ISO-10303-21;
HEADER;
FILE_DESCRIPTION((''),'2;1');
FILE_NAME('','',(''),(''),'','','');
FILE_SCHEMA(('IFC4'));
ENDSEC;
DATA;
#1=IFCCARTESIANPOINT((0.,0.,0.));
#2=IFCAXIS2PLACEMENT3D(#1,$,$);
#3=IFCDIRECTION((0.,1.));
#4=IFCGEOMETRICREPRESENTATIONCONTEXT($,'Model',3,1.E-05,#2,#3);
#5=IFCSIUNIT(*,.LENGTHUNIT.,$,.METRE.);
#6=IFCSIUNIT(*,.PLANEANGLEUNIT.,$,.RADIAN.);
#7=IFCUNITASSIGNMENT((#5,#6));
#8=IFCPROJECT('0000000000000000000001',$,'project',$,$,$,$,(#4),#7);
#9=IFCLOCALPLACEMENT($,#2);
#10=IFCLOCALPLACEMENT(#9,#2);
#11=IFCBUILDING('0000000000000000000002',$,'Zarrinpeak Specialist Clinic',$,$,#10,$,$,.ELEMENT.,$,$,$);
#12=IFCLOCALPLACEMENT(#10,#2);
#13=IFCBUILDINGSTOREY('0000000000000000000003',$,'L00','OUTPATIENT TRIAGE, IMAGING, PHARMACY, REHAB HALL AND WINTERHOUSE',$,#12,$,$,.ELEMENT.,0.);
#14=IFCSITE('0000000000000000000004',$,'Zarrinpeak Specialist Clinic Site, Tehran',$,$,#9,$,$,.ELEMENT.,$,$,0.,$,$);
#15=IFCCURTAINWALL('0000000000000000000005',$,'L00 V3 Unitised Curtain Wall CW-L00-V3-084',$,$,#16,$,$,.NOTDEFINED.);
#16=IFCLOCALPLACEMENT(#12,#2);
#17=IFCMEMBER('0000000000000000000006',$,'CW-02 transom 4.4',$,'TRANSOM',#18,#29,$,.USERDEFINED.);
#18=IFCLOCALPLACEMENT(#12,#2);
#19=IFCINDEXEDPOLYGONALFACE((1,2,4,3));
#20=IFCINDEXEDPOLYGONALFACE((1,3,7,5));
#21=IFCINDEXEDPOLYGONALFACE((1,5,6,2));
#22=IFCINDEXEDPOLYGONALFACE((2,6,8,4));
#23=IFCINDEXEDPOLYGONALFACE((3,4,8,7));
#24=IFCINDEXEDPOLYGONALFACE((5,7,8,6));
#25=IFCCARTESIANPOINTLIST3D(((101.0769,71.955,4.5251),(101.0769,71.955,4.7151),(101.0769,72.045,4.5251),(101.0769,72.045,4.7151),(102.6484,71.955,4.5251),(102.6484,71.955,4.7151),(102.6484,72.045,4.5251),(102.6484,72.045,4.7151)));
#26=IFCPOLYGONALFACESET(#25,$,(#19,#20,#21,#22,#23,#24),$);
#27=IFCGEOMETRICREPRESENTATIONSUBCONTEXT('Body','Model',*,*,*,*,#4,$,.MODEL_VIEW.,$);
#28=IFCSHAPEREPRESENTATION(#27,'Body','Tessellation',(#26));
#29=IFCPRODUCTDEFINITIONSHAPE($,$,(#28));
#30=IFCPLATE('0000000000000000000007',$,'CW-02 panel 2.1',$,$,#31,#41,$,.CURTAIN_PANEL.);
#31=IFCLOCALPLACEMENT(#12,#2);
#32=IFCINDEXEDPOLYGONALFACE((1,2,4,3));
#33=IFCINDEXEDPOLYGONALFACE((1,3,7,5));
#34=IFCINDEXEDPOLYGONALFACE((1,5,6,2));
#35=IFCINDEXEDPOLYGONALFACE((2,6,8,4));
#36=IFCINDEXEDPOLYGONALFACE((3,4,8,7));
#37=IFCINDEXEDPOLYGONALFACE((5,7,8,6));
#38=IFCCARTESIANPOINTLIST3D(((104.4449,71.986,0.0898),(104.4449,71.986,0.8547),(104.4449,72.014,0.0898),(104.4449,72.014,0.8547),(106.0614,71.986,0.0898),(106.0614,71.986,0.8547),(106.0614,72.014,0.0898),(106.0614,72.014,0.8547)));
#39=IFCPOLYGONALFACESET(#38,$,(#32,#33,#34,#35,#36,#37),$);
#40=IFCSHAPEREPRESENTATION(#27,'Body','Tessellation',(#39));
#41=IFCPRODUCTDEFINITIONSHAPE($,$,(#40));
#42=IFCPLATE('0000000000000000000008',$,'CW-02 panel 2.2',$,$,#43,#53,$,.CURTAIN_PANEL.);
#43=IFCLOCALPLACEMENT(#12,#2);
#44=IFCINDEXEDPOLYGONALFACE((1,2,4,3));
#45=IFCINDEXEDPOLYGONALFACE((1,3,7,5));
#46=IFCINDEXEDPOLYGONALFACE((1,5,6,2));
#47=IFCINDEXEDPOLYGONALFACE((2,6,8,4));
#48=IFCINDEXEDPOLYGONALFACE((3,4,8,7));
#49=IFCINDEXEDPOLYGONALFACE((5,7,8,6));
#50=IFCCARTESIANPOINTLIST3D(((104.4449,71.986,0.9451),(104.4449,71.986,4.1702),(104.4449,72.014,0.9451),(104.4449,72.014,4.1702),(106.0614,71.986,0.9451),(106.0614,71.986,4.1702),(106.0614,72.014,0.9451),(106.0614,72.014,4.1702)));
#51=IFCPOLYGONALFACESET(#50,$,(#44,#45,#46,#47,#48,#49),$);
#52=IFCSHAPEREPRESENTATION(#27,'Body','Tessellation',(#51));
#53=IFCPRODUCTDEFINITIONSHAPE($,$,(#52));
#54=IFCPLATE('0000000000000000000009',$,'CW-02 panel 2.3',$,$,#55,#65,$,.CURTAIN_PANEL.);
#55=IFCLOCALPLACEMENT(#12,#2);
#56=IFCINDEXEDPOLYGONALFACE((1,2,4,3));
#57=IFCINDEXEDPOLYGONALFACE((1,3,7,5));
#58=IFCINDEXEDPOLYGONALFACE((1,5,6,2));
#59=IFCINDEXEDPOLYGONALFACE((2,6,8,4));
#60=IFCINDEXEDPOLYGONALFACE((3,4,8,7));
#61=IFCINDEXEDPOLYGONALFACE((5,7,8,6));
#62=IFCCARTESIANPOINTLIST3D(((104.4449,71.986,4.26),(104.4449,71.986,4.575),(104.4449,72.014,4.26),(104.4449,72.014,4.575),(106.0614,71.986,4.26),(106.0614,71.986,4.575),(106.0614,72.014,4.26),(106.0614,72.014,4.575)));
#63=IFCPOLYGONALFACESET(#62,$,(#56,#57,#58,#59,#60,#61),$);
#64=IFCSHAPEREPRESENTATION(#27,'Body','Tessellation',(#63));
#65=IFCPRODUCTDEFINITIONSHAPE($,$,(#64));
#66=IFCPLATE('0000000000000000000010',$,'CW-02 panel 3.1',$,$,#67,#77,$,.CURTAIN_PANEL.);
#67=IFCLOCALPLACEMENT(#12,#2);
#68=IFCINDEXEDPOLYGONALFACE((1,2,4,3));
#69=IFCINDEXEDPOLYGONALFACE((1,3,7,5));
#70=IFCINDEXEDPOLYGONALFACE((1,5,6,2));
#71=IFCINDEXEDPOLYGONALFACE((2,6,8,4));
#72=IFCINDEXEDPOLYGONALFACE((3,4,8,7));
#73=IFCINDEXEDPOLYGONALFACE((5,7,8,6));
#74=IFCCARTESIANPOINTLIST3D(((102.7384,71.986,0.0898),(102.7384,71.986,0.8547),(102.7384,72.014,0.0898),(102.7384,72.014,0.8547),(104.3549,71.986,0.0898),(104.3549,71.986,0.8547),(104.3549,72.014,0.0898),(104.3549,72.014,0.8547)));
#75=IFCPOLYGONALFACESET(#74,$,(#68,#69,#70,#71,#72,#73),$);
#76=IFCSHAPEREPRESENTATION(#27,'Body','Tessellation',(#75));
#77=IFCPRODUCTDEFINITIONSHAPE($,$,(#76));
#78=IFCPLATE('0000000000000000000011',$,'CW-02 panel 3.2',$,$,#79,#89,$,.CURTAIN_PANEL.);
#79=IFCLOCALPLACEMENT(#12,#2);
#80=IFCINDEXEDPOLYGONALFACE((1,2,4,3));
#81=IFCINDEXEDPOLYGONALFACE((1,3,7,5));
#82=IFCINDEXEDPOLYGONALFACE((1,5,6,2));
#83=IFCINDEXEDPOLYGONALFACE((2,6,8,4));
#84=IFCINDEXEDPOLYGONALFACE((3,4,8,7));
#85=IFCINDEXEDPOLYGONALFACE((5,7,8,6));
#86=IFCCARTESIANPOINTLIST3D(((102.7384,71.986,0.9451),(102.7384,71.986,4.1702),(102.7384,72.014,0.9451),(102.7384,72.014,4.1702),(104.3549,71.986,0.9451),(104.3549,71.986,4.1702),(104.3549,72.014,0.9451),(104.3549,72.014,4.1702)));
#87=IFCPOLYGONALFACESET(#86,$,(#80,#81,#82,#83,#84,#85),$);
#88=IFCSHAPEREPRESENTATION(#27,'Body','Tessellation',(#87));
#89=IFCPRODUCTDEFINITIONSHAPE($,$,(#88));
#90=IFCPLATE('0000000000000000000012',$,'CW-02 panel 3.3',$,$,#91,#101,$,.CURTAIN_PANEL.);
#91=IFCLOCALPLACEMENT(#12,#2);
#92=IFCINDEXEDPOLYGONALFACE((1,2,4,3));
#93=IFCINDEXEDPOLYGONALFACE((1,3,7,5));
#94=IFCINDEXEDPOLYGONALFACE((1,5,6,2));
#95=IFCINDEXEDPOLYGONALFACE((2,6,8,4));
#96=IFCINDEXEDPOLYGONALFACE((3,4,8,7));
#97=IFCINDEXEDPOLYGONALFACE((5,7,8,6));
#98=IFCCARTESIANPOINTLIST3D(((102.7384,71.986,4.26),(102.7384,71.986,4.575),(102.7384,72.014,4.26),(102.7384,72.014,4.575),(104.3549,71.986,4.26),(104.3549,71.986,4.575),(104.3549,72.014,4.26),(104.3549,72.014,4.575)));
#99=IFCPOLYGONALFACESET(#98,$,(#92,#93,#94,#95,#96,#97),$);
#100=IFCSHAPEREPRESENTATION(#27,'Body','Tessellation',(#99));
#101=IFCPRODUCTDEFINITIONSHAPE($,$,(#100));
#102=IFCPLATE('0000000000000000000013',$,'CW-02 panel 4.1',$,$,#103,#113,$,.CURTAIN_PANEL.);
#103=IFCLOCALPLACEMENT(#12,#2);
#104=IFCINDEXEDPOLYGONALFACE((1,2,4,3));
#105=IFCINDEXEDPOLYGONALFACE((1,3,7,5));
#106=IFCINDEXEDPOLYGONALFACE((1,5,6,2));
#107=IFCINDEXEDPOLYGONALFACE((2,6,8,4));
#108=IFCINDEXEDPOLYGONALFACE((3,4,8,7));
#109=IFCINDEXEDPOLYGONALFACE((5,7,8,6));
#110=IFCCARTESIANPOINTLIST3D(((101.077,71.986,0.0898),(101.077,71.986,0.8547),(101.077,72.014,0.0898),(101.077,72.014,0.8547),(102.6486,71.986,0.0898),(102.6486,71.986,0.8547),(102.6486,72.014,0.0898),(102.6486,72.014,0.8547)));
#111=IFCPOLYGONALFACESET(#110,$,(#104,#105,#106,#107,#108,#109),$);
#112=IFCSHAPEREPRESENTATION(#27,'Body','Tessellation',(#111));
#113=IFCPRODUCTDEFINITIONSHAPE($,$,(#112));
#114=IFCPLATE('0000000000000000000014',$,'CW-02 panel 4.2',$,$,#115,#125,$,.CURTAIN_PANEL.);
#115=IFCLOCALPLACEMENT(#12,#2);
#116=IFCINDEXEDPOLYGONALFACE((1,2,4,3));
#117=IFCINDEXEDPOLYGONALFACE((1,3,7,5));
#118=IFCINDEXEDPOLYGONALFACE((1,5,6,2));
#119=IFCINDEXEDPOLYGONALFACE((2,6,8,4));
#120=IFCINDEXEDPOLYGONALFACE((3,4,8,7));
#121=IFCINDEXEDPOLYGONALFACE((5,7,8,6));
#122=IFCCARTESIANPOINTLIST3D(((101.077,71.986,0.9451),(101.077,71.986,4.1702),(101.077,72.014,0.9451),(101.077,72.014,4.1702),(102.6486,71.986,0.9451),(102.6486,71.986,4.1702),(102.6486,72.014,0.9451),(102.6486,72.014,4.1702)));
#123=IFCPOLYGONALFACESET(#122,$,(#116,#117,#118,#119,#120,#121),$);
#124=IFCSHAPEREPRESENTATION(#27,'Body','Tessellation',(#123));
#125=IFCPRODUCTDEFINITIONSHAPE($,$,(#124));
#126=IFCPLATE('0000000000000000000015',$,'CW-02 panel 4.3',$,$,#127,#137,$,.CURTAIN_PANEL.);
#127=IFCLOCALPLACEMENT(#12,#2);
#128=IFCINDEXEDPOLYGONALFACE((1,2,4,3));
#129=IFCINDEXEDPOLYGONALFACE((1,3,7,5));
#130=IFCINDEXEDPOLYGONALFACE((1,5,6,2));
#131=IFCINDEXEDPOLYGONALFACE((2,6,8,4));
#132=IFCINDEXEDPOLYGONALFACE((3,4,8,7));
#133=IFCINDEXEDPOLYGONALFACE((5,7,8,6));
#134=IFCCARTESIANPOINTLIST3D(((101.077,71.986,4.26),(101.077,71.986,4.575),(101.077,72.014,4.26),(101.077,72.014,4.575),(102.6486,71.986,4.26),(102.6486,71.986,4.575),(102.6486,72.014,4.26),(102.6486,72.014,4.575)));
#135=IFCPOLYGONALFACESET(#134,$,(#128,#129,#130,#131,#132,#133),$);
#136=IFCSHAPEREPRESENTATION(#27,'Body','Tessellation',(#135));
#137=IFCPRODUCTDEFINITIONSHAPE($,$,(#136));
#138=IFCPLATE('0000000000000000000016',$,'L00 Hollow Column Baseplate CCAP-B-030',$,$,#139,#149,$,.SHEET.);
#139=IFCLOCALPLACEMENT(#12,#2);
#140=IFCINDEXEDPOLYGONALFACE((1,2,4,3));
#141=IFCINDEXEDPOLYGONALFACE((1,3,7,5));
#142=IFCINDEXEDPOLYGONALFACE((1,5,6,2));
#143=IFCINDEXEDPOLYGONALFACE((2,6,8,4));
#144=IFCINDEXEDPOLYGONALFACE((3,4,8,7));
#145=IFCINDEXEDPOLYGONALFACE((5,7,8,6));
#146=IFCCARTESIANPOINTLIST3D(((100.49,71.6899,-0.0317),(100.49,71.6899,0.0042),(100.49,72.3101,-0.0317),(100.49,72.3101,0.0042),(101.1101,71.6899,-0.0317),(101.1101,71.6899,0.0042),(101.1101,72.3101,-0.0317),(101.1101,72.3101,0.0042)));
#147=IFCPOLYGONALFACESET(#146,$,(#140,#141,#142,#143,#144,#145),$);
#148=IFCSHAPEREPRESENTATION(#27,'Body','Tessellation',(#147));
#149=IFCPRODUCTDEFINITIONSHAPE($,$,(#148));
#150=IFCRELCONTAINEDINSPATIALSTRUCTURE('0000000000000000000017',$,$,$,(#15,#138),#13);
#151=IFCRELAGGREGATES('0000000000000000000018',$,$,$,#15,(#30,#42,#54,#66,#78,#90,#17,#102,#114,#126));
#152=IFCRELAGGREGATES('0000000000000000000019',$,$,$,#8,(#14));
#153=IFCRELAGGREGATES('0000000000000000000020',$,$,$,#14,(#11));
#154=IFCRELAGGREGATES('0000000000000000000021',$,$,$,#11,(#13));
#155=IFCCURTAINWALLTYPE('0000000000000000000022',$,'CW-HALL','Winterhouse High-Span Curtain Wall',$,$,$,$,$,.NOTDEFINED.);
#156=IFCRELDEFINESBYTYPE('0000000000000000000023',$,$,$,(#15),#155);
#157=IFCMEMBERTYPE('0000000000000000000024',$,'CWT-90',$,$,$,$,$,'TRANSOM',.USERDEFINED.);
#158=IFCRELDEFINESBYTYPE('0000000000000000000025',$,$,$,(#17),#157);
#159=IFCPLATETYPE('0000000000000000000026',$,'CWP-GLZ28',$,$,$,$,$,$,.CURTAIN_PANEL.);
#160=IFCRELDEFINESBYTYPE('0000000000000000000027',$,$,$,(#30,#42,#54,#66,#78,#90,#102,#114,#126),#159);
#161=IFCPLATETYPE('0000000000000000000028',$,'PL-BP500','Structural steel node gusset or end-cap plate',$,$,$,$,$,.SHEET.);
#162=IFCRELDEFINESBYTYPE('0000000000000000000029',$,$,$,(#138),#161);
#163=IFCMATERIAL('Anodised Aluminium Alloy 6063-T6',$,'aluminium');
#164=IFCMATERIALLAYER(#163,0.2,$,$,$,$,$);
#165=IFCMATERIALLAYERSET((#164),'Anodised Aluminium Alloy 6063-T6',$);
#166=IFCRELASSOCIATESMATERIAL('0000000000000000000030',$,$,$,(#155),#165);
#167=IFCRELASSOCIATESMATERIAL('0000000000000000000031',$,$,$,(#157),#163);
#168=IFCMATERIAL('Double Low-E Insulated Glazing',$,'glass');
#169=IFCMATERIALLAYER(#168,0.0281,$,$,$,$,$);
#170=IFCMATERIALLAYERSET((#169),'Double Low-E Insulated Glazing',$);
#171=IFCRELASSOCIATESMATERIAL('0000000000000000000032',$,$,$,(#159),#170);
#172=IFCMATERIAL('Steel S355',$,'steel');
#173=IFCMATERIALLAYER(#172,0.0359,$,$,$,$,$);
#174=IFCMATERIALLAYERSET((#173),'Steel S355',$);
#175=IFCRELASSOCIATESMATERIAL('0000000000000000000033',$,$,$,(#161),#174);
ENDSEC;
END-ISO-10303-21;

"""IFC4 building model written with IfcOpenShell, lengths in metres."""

from ifc_helpers import new_model, si_unit, direction, frame, origin, origin_2d, place, context, subcontext, project, spatial, rectangle, extrude, material, layer, layer_set, material_profile, profile_set, type_object, element, aggregate, save


model = new_model("IFC4")

# Units and contexts
model_context = context("Model", 3, precision=1e-05, world=origin(), true_north=direction((0.0, 1.0)))
body_context = subcontext(model_context, "Body", "Model", "MODEL_VIEW")
ifc_project = project(units=[si_unit("LENGTHUNIT", "METRE"), si_unit("PLANEANGLEUNIT", "RADIAN")], contexts=[model_context])

# Site, building, storey
site_placement = place(None, origin())
site = spatial("IfcSite", under=ifc_project, at=site_placement, Name="Zarrinpeak Specialist Clinic Site, Tehran", CompositionType="ELEMENT", RefElevation=0.0)
building_placement = place(site_placement, origin())
building = spatial("IfcBuilding", under=site, at=building_placement, Name="Zarrinpeak Specialist Clinic", CompositionType="ELEMENT")
storey_placement = place(building_placement, origin())
storey = spatial("IfcBuildingStorey", under=building, at=storey_placement, Name="L00", Description="OUTPATIENT TRIAGE, IMAGING, PHARMACY, REHAB HALL AND WINTERHOUSE", CompositionType="ELEMENT", Elevation=0.0)

# Shared definitions
ifc_material_1 = material(Name="Steel S355", Category="steel")

# Curtain wall, member, plates
ifc_material_2 = material(Name="Anodised Aluminium Alloy 6063-T6", Category="aluminium")
ifc_layer_1 = layer(ifc_material_2, 0.2)
ifc_layer_set_1 = layer_set([ifc_layer_1], Name="Anodised Aluminium Alloy 6063-T6")
curtain_wall_type = type_object("IfcCurtainWallType", Name="CW-HALL", Description="Winterhouse High-Span Curtain Wall", PredefinedType="NOTDEFINED", material=ifc_layer_set_1)
curtain_wall_placement = place(storey_placement, origin())
curtain_wall = element("IfcCurtainWall", 1, at=curtain_wall_placement, inside=storey, type_object=curtain_wall_type, Name="L00 V3 Unitised Curtain Wall CW-L00-V3-084", PredefinedType="NOTDEFINED")
ifc_material_profile_1 = material_profile(ifc_material_2, rectangle(XDim=0.0901, YDim=0.1899, at=origin_2d()), Name="ALU 90x190")
ifc_profile_set_1 = profile_set([ifc_material_profile_1], Name="Anodised Aluminium Alloy 6063-T6")
member_type_1 = type_object("IfcMemberType", Name="CWT-90", ElementType="TRANSOM", PredefinedType="USERDEFINED", material=ifc_profile_set_1)
member_1_placement = place(storey_placement, frame((102.6484, 72.0, 4.6201), z_axis=(-1.0, 0.0, 0.0), x_axis=(0.0, -1.0, 0.0)))
member_1 = element("IfcMember", 2, at=member_1_placement, type_object=member_type_1, Name="CW-02 transom 4.4", ObjectType="TRANSOM", PredefinedType="USERDEFINED", context=body_context, shape_type="SweptSolid", body=[
    extrude(rectangle(XDim=0.0901, YDim=0.1899, at=origin_2d()), origin(), (0.0, 0.0, 1.0), 1.5715),
])
ifc_material_3 = material(Name="Double Low-E Insulated Glazing", Category="glass")
ifc_layer_2 = layer(ifc_material_3, 0.0281)
ifc_layer_set_2 = layer_set([ifc_layer_2], Name="Double Low-E Insulated Glazing")
plate_type_1 = type_object("IfcPlateType", Name="CWP-GLZ28", PredefinedType="CURTAIN_PANEL", material=ifc_layer_set_2)
plate_1_placement = place(storey_placement, frame((105.2532, 72.0, 0.0898), z_axis=(0.0, 0.0, 1.0), x_axis=(-1.0, 0.0, 0.0)))
plate_1 = element("IfcPlate", 3, at=plate_1_placement, type_object=plate_type_1, Name="CW-02 panel 2.1", PredefinedType="CURTAIN_PANEL", context=body_context, shape_type="SweptSolid", body=[
    extrude(rectangle(XDim=1.6165, YDim=0.0281, at=origin_2d()), origin(), (0.0, 0.0, 1.0), 0.7649),
])
plate_2_placement = place(storey_placement, frame((105.2532, 72.0, 0.9451), z_axis=(0.0, 0.0, 1.0), x_axis=(-1.0, 0.0, 0.0)))
plate_2 = element("IfcPlate", 4, at=plate_2_placement, type_object=plate_type_1, Name="CW-02 panel 2.2", PredefinedType="CURTAIN_PANEL", context=body_context, shape_type="SweptSolid", body=[
    extrude(rectangle(XDim=1.6165, YDim=0.0281, at=origin_2d()), origin(), (0.0, 0.0, 1.0), 3.2251),
])
plate_3_placement = place(storey_placement, frame((105.2532, 72.0, 4.26), z_axis=(0.0, 0.0, 1.0), x_axis=(-1.0, 0.0, 0.0)))
plate_3 = element("IfcPlate", 5, at=plate_3_placement, type_object=plate_type_1, Name="CW-02 panel 2.3", PredefinedType="CURTAIN_PANEL", context=body_context, shape_type="SweptSolid", body=[
    extrude(rectangle(XDim=1.6165, YDim=0.0281, at=origin_2d()), origin(), (0.0, 0.0, 1.0), 0.3149),
])
plate_4_placement = place(storey_placement, frame((103.5466, 72.0, 0.0898), z_axis=(0.0, 0.0, 1.0), x_axis=(-1.0, 0.0, 0.0)))
plate_4 = element("IfcPlate", 6, at=plate_4_placement, type_object=plate_type_1, Name="CW-02 panel 3.1", PredefinedType="CURTAIN_PANEL", context=body_context, shape_type="SweptSolid", body=[
    extrude(rectangle(XDim=1.6165, YDim=0.0281, at=origin_2d()), origin(), (0.0, 0.0, 1.0), 0.7649),
])
plate_5_placement = place(storey_placement, frame((103.5466, 72.0, 0.9451), z_axis=(0.0, 0.0, 1.0), x_axis=(-1.0, 0.0, 0.0)))
plate_5 = element("IfcPlate", 7, at=plate_5_placement, type_object=plate_type_1, Name="CW-02 panel 3.2", PredefinedType="CURTAIN_PANEL", context=body_context, shape_type="SweptSolid", body=[
    extrude(rectangle(XDim=1.6165, YDim=0.0281, at=origin_2d()), origin(), (0.0, 0.0, 1.0), 3.2251),
])
plate_6_placement = place(storey_placement, frame((103.5466, 72.0, 4.26), z_axis=(0.0, 0.0, 1.0), x_axis=(-1.0, 0.0, 0.0)))
plate_6 = element("IfcPlate", 8, at=plate_6_placement, type_object=plate_type_1, Name="CW-02 panel 3.3", PredefinedType="CURTAIN_PANEL", context=body_context, shape_type="SweptSolid", body=[
    extrude(rectangle(XDim=1.6165, YDim=0.0281, at=origin_2d()), origin(), (0.0, 0.0, 1.0), 0.3149),
])
plate_7_placement = place(storey_placement, frame((101.8628, 72.0, 0.0898), z_axis=(0.0, 0.0, 1.0), x_axis=(-1.0, 0.0, 0.0)))
plate_7 = element("IfcPlate", 9, at=plate_7_placement, type_object=plate_type_1, Name="CW-02 panel 4.1", PredefinedType="CURTAIN_PANEL", context=body_context, shape_type="SweptSolid", body=[
    extrude(rectangle(XDim=1.5715, YDim=0.0281, at=origin_2d()), origin(), (0.0, 0.0, 1.0), 0.7649),
])
plate_8_placement = place(storey_placement, frame((101.8628, 72.0, 0.9451), z_axis=(0.0, 0.0, 1.0), x_axis=(-1.0, 0.0, 0.0)))
plate_8 = element("IfcPlate", 10, at=plate_8_placement, type_object=plate_type_1, Name="CW-02 panel 4.2", PredefinedType="CURTAIN_PANEL", context=body_context, shape_type="SweptSolid", body=[
    extrude(rectangle(XDim=1.5715, YDim=0.0281, at=origin_2d()), origin(), (0.0, 0.0, 1.0), 3.2251),
])
plate_9_placement = place(storey_placement, frame((101.8628, 72.0, 4.26), z_axis=(0.0, 0.0, 1.0), x_axis=(-1.0, 0.0, 0.0)))
plate_9 = element("IfcPlate", 11, at=plate_9_placement, type_object=plate_type_1, Name="CW-02 panel 4.3", PredefinedType="CURTAIN_PANEL", context=body_context, shape_type="SweptSolid", body=[
    extrude(rectangle(XDim=1.5715, YDim=0.0281, at=origin_2d()), origin(), (0.0, 0.0, 1.0), 0.3149),
])
aggregate(curtain_wall, [plate_1, plate_2, plate_3, plate_4, plate_5, plate_6, member_1, plate_7, plate_8, plate_9])

# Plate
ifc_layer_3 = layer(ifc_material_1, 0.0359)
ifc_layer_set_3 = layer_set([ifc_layer_3], Name="Steel S355")
plate_type_2 = type_object("IfcPlateType", Name="PL-BP500", Description="Structural steel node gusset or end-cap plate", PredefinedType="SHEET", material=ifc_layer_set_3)
plate_10_placement = place(storey_placement, frame((100.8, 72.0, -0.0317), z_axis=(0.0, 0.0, 1.0), x_axis=(1.0, 0.0, 0.0)))
element("IfcPlate", 12, at=plate_10_placement, inside=storey, type_object=plate_type_2, Name="L00 Hollow Column Baseplate CCAP-B-030", PredefinedType="SHEET", context=body_context, shape_type="SweptSolid", body=[
    extrude(rectangle(XDim=0.6201, YDim=0.6201, at=origin_2d()), origin(), (0.0, 0.0, 1.0), 0.0359),
])

save(model, "model.ifc")
